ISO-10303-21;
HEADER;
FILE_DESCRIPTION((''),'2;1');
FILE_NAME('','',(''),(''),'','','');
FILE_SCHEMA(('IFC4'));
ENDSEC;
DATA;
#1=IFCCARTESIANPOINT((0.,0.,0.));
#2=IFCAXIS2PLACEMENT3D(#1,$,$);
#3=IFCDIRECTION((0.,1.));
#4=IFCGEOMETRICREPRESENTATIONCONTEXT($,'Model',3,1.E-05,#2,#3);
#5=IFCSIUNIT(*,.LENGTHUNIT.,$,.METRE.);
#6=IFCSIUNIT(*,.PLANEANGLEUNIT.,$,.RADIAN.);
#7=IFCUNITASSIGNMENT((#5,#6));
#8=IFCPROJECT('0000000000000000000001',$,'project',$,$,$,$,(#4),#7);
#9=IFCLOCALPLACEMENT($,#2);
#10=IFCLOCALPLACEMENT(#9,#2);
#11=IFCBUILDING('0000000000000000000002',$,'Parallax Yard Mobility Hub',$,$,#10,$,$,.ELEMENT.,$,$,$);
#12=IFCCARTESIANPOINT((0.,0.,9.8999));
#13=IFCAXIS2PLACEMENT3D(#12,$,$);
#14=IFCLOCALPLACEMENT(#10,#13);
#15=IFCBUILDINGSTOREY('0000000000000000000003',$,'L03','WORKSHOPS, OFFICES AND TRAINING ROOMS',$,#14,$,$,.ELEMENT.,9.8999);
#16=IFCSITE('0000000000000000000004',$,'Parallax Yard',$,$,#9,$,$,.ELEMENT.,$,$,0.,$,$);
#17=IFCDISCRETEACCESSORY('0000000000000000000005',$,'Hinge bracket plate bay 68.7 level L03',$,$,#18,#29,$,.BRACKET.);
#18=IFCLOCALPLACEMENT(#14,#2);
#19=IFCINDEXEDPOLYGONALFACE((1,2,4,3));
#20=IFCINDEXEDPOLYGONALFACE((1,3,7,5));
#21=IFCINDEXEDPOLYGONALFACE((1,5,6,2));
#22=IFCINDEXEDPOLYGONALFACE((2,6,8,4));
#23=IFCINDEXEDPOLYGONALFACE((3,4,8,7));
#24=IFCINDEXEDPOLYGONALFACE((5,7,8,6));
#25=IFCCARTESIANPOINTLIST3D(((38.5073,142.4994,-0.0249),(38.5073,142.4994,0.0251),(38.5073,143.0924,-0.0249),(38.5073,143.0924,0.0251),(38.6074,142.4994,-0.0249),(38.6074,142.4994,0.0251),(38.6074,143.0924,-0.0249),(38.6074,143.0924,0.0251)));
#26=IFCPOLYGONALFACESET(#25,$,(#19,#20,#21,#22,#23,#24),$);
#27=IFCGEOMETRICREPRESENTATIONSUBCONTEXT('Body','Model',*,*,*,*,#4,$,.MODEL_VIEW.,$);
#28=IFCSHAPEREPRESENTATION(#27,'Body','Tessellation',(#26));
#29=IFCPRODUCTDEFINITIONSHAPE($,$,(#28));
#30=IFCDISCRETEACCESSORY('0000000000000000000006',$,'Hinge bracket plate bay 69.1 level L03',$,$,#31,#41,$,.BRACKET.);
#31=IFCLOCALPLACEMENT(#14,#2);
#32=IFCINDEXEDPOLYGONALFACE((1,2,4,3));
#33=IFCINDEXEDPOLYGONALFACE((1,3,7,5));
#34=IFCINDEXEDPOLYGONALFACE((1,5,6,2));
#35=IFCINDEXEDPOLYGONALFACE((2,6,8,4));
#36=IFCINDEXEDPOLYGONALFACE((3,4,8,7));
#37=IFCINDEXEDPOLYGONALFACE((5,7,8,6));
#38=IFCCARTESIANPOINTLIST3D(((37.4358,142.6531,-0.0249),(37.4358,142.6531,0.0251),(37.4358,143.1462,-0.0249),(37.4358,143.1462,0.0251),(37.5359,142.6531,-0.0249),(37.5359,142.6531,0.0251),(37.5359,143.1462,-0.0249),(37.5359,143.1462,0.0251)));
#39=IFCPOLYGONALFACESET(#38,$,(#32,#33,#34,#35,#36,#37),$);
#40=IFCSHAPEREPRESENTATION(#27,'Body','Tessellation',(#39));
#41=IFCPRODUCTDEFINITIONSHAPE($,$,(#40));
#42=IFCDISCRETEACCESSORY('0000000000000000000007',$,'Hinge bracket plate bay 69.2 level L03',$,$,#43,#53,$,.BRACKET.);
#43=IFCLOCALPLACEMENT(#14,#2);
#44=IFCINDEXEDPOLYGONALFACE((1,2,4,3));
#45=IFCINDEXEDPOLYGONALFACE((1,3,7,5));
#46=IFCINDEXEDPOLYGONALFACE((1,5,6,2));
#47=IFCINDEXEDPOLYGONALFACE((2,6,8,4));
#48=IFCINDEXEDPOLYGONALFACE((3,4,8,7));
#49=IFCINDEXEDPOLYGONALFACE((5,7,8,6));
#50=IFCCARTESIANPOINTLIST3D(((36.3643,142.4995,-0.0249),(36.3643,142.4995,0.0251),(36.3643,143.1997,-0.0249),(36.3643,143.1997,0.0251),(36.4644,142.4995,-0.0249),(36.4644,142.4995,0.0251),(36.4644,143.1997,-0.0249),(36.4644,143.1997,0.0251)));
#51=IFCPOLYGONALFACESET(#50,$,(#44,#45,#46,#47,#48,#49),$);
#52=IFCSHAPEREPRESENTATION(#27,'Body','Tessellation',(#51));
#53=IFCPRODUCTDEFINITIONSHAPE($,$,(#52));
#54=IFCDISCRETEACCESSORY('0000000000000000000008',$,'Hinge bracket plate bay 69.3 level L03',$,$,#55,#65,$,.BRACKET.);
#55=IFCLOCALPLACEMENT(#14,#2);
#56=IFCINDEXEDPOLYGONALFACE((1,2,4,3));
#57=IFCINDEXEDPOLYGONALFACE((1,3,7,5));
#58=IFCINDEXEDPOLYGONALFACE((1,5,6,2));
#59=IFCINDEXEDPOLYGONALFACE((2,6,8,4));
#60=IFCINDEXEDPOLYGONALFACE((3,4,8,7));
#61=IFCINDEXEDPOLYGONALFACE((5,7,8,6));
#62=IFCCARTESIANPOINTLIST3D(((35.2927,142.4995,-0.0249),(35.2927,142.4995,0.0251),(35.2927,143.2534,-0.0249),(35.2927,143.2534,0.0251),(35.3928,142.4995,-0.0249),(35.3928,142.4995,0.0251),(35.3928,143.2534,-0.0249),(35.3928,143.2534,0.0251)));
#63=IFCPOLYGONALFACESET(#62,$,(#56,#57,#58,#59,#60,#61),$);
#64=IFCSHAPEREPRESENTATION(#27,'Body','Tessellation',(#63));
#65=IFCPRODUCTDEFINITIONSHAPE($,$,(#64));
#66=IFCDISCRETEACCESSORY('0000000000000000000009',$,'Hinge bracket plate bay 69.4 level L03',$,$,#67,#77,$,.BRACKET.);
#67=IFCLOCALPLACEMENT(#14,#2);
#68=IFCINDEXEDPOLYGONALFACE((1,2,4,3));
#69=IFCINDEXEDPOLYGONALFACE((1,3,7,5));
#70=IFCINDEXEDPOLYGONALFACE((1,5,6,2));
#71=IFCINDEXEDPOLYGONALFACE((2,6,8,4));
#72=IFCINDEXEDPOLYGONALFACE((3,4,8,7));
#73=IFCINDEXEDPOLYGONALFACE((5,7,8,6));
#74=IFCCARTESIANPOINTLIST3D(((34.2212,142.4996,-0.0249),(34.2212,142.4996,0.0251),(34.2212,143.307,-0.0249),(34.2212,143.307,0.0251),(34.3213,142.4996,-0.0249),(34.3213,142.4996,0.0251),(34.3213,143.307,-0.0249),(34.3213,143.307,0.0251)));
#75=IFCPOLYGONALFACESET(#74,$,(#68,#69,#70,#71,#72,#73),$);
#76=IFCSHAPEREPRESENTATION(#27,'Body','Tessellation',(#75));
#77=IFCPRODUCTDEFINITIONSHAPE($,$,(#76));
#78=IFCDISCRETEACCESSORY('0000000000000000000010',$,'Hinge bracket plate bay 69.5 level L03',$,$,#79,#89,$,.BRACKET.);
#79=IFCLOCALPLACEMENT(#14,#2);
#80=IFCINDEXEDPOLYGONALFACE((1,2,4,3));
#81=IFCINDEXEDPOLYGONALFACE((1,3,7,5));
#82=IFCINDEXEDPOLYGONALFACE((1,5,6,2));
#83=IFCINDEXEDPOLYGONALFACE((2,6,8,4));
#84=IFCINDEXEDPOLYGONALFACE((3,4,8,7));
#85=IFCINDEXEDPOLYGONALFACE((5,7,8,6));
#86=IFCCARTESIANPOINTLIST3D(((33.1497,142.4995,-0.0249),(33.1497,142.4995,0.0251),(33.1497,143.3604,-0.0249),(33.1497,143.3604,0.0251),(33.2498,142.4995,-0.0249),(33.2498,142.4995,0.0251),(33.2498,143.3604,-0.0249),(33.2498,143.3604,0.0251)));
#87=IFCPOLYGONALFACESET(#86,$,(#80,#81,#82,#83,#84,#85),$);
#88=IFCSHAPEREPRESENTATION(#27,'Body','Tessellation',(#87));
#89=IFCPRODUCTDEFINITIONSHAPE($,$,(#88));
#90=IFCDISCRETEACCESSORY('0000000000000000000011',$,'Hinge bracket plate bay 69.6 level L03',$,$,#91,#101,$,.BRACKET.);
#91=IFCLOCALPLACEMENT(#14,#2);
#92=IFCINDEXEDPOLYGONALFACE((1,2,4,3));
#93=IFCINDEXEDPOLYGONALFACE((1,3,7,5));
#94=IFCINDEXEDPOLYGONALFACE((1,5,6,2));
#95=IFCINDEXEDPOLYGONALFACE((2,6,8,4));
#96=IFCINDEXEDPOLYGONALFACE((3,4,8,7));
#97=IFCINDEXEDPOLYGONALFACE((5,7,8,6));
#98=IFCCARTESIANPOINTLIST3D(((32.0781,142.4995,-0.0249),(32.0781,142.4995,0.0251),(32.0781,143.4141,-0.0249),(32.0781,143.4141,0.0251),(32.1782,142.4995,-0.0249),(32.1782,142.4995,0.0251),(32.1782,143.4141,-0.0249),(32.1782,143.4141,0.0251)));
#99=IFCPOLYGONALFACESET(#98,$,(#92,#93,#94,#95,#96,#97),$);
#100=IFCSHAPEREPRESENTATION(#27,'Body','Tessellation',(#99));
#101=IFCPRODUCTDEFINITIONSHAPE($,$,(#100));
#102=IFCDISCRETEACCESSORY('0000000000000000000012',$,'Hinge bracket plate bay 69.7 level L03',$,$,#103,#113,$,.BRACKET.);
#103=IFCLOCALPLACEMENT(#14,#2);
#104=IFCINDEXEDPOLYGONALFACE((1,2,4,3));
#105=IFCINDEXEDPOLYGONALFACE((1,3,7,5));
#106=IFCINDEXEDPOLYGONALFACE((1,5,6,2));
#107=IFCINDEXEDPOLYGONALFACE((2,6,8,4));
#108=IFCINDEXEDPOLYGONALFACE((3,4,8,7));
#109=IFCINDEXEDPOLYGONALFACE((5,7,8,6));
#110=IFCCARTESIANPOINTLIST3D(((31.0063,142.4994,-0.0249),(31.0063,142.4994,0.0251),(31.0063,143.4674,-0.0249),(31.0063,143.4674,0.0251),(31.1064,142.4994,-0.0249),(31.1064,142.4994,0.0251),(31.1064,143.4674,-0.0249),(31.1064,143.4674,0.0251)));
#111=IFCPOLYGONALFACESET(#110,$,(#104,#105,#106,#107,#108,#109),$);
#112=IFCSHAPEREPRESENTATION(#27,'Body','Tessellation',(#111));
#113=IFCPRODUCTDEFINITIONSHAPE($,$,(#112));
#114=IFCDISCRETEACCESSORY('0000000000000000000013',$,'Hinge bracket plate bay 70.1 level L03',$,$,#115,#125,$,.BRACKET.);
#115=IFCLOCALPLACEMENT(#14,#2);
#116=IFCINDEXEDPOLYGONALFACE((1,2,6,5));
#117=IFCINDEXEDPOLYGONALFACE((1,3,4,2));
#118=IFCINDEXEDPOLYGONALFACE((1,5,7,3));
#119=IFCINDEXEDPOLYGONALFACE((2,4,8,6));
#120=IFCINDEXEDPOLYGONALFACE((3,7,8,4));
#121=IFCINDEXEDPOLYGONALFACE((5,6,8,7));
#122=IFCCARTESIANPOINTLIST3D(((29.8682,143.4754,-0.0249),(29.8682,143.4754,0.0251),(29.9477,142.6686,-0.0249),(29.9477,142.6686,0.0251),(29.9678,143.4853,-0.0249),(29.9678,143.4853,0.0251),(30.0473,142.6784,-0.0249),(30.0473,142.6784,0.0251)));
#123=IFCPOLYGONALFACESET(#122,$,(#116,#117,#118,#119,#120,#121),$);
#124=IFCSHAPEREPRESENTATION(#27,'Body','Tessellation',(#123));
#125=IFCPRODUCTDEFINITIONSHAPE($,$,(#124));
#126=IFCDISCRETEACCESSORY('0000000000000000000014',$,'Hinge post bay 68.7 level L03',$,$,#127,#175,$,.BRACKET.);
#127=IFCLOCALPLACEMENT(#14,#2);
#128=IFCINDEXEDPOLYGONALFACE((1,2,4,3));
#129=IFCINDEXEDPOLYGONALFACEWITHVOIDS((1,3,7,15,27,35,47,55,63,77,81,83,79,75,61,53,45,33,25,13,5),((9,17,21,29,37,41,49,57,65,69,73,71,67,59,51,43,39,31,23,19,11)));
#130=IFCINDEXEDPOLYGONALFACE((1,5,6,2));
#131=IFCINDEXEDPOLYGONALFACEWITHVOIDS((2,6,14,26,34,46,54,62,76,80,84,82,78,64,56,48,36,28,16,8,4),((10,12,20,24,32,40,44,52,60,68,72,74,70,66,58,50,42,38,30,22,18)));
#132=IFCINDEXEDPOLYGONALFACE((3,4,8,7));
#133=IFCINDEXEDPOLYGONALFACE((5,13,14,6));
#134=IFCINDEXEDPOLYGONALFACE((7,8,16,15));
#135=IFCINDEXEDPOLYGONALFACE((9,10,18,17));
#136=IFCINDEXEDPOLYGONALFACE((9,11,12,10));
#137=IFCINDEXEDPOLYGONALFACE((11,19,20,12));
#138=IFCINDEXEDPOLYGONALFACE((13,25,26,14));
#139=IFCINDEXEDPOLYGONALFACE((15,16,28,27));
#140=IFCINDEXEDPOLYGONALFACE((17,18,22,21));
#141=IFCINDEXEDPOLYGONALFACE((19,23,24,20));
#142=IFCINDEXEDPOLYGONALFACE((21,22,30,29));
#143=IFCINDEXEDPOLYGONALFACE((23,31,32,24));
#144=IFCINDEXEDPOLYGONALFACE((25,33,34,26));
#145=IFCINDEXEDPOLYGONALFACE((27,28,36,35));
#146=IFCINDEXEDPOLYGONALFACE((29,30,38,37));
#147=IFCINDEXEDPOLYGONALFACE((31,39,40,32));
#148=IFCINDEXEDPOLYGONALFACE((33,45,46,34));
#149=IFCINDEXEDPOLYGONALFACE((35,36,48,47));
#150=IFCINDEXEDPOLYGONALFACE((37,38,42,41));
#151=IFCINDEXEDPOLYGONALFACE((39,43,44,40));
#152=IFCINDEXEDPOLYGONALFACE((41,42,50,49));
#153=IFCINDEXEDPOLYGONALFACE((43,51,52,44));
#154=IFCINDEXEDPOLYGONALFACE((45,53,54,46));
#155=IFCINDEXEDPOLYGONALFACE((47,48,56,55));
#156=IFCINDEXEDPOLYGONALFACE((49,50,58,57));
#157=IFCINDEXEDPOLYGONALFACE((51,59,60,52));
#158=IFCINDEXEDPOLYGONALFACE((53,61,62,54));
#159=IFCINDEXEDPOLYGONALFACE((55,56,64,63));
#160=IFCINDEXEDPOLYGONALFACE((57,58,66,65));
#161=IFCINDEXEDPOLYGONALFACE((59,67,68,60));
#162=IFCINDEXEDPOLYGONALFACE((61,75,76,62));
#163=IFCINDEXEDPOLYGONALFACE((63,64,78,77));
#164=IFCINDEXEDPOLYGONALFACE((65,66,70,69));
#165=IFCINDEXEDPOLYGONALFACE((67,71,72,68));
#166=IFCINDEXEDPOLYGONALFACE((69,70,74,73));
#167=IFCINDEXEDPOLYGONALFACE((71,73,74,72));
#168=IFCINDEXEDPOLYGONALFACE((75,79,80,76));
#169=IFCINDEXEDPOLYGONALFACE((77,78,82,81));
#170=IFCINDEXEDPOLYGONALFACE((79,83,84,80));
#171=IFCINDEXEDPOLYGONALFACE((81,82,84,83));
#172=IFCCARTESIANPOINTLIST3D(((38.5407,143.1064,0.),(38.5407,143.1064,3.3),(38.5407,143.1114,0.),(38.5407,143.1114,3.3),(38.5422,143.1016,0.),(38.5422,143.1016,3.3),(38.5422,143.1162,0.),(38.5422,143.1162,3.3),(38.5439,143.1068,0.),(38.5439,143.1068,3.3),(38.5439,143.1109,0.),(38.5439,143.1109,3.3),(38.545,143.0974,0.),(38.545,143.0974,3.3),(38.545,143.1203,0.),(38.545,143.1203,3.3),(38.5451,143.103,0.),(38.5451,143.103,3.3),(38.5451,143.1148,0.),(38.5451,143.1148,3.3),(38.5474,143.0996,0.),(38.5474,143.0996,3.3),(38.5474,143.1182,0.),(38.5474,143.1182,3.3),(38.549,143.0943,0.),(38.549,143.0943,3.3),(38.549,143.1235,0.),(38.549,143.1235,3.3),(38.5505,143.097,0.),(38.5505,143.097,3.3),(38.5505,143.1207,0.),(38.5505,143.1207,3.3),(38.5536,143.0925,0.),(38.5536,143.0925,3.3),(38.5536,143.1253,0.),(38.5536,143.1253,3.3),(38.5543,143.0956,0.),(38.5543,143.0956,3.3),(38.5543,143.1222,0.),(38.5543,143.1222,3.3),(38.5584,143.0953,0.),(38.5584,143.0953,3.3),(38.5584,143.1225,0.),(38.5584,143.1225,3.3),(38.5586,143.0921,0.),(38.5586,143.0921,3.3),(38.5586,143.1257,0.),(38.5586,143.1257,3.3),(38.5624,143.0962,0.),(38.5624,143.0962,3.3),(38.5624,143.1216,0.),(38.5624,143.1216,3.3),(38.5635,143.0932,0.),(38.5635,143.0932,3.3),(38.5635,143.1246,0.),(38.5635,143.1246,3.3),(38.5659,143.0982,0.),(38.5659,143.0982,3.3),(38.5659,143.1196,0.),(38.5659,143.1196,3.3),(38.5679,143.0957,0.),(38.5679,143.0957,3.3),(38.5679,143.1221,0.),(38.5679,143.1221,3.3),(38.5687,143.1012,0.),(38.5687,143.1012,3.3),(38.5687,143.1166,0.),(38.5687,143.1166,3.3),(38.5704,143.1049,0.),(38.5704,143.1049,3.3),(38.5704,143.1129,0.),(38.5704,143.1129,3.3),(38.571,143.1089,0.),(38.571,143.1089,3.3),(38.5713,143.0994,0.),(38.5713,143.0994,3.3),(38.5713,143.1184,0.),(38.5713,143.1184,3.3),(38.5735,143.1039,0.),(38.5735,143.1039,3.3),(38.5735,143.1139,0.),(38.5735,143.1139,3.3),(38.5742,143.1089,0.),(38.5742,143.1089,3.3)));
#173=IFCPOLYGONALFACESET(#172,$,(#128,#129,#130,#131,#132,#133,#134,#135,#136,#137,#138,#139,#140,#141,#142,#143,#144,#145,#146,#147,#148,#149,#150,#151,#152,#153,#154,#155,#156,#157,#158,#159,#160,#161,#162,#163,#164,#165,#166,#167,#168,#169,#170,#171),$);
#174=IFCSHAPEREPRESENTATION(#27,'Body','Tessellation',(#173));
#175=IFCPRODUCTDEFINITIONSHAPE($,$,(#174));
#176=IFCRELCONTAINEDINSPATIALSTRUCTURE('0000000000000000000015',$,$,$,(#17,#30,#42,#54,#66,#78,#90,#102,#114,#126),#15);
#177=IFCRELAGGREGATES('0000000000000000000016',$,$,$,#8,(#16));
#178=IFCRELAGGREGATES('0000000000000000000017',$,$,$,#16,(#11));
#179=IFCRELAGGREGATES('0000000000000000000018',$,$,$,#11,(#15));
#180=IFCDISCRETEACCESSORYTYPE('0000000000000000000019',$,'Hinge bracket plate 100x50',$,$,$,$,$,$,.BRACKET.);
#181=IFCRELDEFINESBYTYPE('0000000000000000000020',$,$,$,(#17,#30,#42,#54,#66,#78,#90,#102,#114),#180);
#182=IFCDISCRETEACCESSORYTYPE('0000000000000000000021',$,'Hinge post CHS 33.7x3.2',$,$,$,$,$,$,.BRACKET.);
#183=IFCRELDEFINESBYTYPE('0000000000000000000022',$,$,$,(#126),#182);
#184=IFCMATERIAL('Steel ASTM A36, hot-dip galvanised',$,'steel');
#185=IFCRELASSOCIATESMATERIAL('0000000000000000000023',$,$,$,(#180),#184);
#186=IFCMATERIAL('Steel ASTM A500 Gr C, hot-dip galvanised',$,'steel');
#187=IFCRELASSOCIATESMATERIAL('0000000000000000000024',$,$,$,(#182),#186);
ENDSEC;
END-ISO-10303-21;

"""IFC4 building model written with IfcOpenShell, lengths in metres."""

from ifc_helpers import new_model, si_unit, direction, frame, origin, origin_2d, place, context, subcontext, project, spatial, rectangle, hollow_circle, extrude, material, material_profile, profile_set, type_object, element, save


model = new_model("IFC4")

# Units and contexts
model_context = context("Model", 3, precision=1e-05, world=origin(), true_north=direction((0.0, 1.0)))
body_context = subcontext(model_context, "Body", "Model", "MODEL_VIEW")
ifc_project = project(units=[si_unit("LENGTHUNIT", "METRE"), si_unit("PLANEANGLEUNIT", "RADIAN")], contexts=[model_context])

# Site, building, storey
site_placement = place(None, origin())
site = spatial("IfcSite", under=ifc_project, at=site_placement, Name="Parallax Yard", CompositionType="ELEMENT", RefElevation=0.0)
building_placement = place(site_placement, origin())
building = spatial("IfcBuilding", under=site, at=building_placement, Name="Parallax Yard Mobility Hub", CompositionType="ELEMENT")
storey_placement = place(building_placement, frame((0.0, 0.0, 9.8999)))
storey = spatial("IfcBuildingStorey", under=building, at=storey_placement, Name="L03", Description="WORKSHOPS, OFFICES AND TRAINING ROOMS", CompositionType="ELEMENT", Elevation=9.8999)

# Discrete accessories
ifc_material_1 = material(Name="Steel ASTM A36, hot-dip galvanised", Category="steel")
discrete_accessory_type_1 = type_object("IfcDiscreteAccessoryType", Name="Hinge bracket plate 100x50", PredefinedType="BRACKET", material=ifc_material_1)
discrete_accessory_1_placement = place(storey_placement, frame((38.5574, 142.7959, -0.0249), z_axis=(0.0, 0.0, 1.0), x_axis=(0.0, 1.0, 0.0)))
element("IfcDiscreteAccessory", 1, at=discrete_accessory_1_placement, inside=storey, type_object=discrete_accessory_type_1, Name="Hinge bracket plate bay 68.7 level L03", PredefinedType="BRACKET", context=body_context, shape_type="SweptSolid", body=[
    extrude(rectangle(XDim=0.593, YDim=0.1001, at=origin_2d()), origin(), (0.0, 0.0, 1.0), 0.05),
])
discrete_accessory_2_placement = place(storey_placement, frame((37.4858, 142.8997, -0.0249), z_axis=(0.0, 0.0, 1.0), x_axis=(0.0, 1.0, 0.0)))
element("IfcDiscreteAccessory", 2, at=discrete_accessory_2_placement, inside=storey, type_object=discrete_accessory_type_1, Name="Hinge bracket plate bay 69.1 level L03", PredefinedType="BRACKET", context=body_context, shape_type="SweptSolid", body=[
    extrude(rectangle(XDim=0.4932, YDim=0.1001, at=origin_2d()), origin(), (0.0, 0.0, 1.0), 0.05),
])
discrete_accessory_3_placement = place(storey_placement, frame((36.4143, 142.8496, -0.0249), z_axis=(0.0, 0.0, 1.0), x_axis=(0.0, 1.0, 0.0)))
element("IfcDiscreteAccessory", 3, at=discrete_accessory_3_placement, inside=storey, type_object=discrete_accessory_type_1, Name="Hinge bracket plate bay 69.2 level L03", PredefinedType="BRACKET", context=body_context, shape_type="SweptSolid", body=[
    extrude(rectangle(XDim=0.7002, YDim=0.1001, at=origin_2d()), origin(), (0.0, 0.0, 1.0), 0.05),
])
discrete_accessory_4_placement = place(storey_placement, frame((35.3428, 142.8765, -0.0249), z_axis=(0.0, 0.0, 1.0), x_axis=(0.0, 1.0, 0.0)))
element("IfcDiscreteAccessory", 4, at=discrete_accessory_4_placement, inside=storey, type_object=discrete_accessory_type_1, Name="Hinge bracket plate bay 69.3 level L03", PredefinedType="BRACKET", context=body_context, shape_type="SweptSolid", body=[
    extrude(rectangle(XDim=0.7539, YDim=0.1001, at=origin_2d()), origin(), (0.0, 0.0, 1.0), 0.05),
])
discrete_accessory_5_placement = place(storey_placement, frame((34.2712, 142.9033, -0.0249), z_axis=(0.0, 0.0, 1.0), x_axis=(0.0, 1.0, 0.0)))
element("IfcDiscreteAccessory", 5, at=discrete_accessory_5_placement, inside=storey, type_object=discrete_accessory_type_1, Name="Hinge bracket plate bay 69.4 level L03", PredefinedType="BRACKET", context=body_context, shape_type="SweptSolid", body=[
    extrude(rectangle(XDim=0.8074, YDim=0.1001, at=origin_2d()), origin(), (0.0, 0.0, 1.0), 0.05),
])
discrete_accessory_6_placement = place(storey_placement, frame((33.1997, 142.9299, -0.0249), z_axis=(0.0, 0.0, 1.0), x_axis=(0.0, 1.0, 0.0)))
element("IfcDiscreteAccessory", 6, at=discrete_accessory_6_placement, inside=storey, type_object=discrete_accessory_type_1, Name="Hinge bracket plate bay 69.5 level L03", PredefinedType="BRACKET", context=body_context, shape_type="SweptSolid", body=[
    extrude(rectangle(XDim=0.8608, YDim=0.1001, at=origin_2d()), origin(), (0.0, 0.0, 1.0), 0.05),
])
discrete_accessory_7_placement = place(storey_placement, frame((32.1282, 142.9568, -0.0249), z_axis=(0.0, 0.0, 1.0), x_axis=(0.0, 1.0, 0.0)))
element("IfcDiscreteAccessory", 7, at=discrete_accessory_7_placement, inside=storey, type_object=discrete_accessory_type_1, Name="Hinge bracket plate bay 69.6 level L03", PredefinedType="BRACKET", context=body_context, shape_type="SweptSolid", body=[
    extrude(rectangle(XDim=0.9146, YDim=0.1001, at=origin_2d()), origin(), (0.0, 0.0, 1.0), 0.05),
])
discrete_accessory_8_placement = place(storey_placement, frame((31.0564, 142.9834, -0.0249), z_axis=(0.0, 0.0, 1.0), x_axis=(0.0, 1.0, 0.0)))
element("IfcDiscreteAccessory", 8, at=discrete_accessory_8_placement, inside=storey, type_object=discrete_accessory_type_1, Name="Hinge bracket plate bay 69.7 level L03", PredefinedType="BRACKET", context=body_context, shape_type="SweptSolid", body=[
    extrude(rectangle(XDim=0.968, YDim=0.1001, at=origin_2d()), origin(), (0.0, 0.0, 1.0), 0.05),
])
discrete_accessory_9_placement = place(storey_placement, frame((29.9578, 143.0769, -0.0249), z_axis=(0.0, 0.0, 1.0), x_axis=(-0.098017, 0.995185, 0.0)))
element("IfcDiscreteAccessory", 9, at=discrete_accessory_9_placement, inside=storey, type_object=discrete_accessory_type_1, Name="Hinge bracket plate bay 70.1 level L03", PredefinedType="BRACKET", context=body_context, shape_type="SweptSolid", body=[
    extrude(rectangle(XDim=0.8108, YDim=0.1001, at=origin_2d()), origin(), (0.0, 0.0, 1.0), 0.05),
])
ifc_material_2 = material(Name="Steel ASTM A500 Gr C, hot-dip galvanised", Category="steel")
ifc_material_profile_1 = material_profile(ifc_material_2, hollow_circle(Radius=0.0168, WallThickness=0.0032, at=origin_2d()), Name="CHS 33.7x3.2")
ifc_profile_set_1 = profile_set([ifc_material_profile_1], Name="Steel ASTM A500 Gr C, hot-dip galvanised")
discrete_accessory_type_2 = type_object("IfcDiscreteAccessoryType", Name="Hinge post CHS 33.7x3.2", PredefinedType="BRACKET", material=ifc_profile_set_1)
for number, where, z_axis, x_axis, name in (
    (10, (38.5574, 143.1089, 0.0), (0.0, 0.0, 1.0), (1.0, 0.0, 0.0), "Hinge post bay 68.7 level L03"),
):
    element("IfcDiscreteAccessory", number, at=place(storey_placement, frame(where, z_axis=z_axis, x_axis=x_axis)), inside=storey, type_object=discrete_accessory_type_2, Name=name, PredefinedType="BRACKET", context=body_context, shape_type="SweptSolid", body=[
        extrude(hollow_circle(Radius=0.0168, WallThickness=0.0032, at=origin_2d()), origin(), (0.0, 0.0, 1.0), 3.3),
    ])

save(model, "model.ifc")
